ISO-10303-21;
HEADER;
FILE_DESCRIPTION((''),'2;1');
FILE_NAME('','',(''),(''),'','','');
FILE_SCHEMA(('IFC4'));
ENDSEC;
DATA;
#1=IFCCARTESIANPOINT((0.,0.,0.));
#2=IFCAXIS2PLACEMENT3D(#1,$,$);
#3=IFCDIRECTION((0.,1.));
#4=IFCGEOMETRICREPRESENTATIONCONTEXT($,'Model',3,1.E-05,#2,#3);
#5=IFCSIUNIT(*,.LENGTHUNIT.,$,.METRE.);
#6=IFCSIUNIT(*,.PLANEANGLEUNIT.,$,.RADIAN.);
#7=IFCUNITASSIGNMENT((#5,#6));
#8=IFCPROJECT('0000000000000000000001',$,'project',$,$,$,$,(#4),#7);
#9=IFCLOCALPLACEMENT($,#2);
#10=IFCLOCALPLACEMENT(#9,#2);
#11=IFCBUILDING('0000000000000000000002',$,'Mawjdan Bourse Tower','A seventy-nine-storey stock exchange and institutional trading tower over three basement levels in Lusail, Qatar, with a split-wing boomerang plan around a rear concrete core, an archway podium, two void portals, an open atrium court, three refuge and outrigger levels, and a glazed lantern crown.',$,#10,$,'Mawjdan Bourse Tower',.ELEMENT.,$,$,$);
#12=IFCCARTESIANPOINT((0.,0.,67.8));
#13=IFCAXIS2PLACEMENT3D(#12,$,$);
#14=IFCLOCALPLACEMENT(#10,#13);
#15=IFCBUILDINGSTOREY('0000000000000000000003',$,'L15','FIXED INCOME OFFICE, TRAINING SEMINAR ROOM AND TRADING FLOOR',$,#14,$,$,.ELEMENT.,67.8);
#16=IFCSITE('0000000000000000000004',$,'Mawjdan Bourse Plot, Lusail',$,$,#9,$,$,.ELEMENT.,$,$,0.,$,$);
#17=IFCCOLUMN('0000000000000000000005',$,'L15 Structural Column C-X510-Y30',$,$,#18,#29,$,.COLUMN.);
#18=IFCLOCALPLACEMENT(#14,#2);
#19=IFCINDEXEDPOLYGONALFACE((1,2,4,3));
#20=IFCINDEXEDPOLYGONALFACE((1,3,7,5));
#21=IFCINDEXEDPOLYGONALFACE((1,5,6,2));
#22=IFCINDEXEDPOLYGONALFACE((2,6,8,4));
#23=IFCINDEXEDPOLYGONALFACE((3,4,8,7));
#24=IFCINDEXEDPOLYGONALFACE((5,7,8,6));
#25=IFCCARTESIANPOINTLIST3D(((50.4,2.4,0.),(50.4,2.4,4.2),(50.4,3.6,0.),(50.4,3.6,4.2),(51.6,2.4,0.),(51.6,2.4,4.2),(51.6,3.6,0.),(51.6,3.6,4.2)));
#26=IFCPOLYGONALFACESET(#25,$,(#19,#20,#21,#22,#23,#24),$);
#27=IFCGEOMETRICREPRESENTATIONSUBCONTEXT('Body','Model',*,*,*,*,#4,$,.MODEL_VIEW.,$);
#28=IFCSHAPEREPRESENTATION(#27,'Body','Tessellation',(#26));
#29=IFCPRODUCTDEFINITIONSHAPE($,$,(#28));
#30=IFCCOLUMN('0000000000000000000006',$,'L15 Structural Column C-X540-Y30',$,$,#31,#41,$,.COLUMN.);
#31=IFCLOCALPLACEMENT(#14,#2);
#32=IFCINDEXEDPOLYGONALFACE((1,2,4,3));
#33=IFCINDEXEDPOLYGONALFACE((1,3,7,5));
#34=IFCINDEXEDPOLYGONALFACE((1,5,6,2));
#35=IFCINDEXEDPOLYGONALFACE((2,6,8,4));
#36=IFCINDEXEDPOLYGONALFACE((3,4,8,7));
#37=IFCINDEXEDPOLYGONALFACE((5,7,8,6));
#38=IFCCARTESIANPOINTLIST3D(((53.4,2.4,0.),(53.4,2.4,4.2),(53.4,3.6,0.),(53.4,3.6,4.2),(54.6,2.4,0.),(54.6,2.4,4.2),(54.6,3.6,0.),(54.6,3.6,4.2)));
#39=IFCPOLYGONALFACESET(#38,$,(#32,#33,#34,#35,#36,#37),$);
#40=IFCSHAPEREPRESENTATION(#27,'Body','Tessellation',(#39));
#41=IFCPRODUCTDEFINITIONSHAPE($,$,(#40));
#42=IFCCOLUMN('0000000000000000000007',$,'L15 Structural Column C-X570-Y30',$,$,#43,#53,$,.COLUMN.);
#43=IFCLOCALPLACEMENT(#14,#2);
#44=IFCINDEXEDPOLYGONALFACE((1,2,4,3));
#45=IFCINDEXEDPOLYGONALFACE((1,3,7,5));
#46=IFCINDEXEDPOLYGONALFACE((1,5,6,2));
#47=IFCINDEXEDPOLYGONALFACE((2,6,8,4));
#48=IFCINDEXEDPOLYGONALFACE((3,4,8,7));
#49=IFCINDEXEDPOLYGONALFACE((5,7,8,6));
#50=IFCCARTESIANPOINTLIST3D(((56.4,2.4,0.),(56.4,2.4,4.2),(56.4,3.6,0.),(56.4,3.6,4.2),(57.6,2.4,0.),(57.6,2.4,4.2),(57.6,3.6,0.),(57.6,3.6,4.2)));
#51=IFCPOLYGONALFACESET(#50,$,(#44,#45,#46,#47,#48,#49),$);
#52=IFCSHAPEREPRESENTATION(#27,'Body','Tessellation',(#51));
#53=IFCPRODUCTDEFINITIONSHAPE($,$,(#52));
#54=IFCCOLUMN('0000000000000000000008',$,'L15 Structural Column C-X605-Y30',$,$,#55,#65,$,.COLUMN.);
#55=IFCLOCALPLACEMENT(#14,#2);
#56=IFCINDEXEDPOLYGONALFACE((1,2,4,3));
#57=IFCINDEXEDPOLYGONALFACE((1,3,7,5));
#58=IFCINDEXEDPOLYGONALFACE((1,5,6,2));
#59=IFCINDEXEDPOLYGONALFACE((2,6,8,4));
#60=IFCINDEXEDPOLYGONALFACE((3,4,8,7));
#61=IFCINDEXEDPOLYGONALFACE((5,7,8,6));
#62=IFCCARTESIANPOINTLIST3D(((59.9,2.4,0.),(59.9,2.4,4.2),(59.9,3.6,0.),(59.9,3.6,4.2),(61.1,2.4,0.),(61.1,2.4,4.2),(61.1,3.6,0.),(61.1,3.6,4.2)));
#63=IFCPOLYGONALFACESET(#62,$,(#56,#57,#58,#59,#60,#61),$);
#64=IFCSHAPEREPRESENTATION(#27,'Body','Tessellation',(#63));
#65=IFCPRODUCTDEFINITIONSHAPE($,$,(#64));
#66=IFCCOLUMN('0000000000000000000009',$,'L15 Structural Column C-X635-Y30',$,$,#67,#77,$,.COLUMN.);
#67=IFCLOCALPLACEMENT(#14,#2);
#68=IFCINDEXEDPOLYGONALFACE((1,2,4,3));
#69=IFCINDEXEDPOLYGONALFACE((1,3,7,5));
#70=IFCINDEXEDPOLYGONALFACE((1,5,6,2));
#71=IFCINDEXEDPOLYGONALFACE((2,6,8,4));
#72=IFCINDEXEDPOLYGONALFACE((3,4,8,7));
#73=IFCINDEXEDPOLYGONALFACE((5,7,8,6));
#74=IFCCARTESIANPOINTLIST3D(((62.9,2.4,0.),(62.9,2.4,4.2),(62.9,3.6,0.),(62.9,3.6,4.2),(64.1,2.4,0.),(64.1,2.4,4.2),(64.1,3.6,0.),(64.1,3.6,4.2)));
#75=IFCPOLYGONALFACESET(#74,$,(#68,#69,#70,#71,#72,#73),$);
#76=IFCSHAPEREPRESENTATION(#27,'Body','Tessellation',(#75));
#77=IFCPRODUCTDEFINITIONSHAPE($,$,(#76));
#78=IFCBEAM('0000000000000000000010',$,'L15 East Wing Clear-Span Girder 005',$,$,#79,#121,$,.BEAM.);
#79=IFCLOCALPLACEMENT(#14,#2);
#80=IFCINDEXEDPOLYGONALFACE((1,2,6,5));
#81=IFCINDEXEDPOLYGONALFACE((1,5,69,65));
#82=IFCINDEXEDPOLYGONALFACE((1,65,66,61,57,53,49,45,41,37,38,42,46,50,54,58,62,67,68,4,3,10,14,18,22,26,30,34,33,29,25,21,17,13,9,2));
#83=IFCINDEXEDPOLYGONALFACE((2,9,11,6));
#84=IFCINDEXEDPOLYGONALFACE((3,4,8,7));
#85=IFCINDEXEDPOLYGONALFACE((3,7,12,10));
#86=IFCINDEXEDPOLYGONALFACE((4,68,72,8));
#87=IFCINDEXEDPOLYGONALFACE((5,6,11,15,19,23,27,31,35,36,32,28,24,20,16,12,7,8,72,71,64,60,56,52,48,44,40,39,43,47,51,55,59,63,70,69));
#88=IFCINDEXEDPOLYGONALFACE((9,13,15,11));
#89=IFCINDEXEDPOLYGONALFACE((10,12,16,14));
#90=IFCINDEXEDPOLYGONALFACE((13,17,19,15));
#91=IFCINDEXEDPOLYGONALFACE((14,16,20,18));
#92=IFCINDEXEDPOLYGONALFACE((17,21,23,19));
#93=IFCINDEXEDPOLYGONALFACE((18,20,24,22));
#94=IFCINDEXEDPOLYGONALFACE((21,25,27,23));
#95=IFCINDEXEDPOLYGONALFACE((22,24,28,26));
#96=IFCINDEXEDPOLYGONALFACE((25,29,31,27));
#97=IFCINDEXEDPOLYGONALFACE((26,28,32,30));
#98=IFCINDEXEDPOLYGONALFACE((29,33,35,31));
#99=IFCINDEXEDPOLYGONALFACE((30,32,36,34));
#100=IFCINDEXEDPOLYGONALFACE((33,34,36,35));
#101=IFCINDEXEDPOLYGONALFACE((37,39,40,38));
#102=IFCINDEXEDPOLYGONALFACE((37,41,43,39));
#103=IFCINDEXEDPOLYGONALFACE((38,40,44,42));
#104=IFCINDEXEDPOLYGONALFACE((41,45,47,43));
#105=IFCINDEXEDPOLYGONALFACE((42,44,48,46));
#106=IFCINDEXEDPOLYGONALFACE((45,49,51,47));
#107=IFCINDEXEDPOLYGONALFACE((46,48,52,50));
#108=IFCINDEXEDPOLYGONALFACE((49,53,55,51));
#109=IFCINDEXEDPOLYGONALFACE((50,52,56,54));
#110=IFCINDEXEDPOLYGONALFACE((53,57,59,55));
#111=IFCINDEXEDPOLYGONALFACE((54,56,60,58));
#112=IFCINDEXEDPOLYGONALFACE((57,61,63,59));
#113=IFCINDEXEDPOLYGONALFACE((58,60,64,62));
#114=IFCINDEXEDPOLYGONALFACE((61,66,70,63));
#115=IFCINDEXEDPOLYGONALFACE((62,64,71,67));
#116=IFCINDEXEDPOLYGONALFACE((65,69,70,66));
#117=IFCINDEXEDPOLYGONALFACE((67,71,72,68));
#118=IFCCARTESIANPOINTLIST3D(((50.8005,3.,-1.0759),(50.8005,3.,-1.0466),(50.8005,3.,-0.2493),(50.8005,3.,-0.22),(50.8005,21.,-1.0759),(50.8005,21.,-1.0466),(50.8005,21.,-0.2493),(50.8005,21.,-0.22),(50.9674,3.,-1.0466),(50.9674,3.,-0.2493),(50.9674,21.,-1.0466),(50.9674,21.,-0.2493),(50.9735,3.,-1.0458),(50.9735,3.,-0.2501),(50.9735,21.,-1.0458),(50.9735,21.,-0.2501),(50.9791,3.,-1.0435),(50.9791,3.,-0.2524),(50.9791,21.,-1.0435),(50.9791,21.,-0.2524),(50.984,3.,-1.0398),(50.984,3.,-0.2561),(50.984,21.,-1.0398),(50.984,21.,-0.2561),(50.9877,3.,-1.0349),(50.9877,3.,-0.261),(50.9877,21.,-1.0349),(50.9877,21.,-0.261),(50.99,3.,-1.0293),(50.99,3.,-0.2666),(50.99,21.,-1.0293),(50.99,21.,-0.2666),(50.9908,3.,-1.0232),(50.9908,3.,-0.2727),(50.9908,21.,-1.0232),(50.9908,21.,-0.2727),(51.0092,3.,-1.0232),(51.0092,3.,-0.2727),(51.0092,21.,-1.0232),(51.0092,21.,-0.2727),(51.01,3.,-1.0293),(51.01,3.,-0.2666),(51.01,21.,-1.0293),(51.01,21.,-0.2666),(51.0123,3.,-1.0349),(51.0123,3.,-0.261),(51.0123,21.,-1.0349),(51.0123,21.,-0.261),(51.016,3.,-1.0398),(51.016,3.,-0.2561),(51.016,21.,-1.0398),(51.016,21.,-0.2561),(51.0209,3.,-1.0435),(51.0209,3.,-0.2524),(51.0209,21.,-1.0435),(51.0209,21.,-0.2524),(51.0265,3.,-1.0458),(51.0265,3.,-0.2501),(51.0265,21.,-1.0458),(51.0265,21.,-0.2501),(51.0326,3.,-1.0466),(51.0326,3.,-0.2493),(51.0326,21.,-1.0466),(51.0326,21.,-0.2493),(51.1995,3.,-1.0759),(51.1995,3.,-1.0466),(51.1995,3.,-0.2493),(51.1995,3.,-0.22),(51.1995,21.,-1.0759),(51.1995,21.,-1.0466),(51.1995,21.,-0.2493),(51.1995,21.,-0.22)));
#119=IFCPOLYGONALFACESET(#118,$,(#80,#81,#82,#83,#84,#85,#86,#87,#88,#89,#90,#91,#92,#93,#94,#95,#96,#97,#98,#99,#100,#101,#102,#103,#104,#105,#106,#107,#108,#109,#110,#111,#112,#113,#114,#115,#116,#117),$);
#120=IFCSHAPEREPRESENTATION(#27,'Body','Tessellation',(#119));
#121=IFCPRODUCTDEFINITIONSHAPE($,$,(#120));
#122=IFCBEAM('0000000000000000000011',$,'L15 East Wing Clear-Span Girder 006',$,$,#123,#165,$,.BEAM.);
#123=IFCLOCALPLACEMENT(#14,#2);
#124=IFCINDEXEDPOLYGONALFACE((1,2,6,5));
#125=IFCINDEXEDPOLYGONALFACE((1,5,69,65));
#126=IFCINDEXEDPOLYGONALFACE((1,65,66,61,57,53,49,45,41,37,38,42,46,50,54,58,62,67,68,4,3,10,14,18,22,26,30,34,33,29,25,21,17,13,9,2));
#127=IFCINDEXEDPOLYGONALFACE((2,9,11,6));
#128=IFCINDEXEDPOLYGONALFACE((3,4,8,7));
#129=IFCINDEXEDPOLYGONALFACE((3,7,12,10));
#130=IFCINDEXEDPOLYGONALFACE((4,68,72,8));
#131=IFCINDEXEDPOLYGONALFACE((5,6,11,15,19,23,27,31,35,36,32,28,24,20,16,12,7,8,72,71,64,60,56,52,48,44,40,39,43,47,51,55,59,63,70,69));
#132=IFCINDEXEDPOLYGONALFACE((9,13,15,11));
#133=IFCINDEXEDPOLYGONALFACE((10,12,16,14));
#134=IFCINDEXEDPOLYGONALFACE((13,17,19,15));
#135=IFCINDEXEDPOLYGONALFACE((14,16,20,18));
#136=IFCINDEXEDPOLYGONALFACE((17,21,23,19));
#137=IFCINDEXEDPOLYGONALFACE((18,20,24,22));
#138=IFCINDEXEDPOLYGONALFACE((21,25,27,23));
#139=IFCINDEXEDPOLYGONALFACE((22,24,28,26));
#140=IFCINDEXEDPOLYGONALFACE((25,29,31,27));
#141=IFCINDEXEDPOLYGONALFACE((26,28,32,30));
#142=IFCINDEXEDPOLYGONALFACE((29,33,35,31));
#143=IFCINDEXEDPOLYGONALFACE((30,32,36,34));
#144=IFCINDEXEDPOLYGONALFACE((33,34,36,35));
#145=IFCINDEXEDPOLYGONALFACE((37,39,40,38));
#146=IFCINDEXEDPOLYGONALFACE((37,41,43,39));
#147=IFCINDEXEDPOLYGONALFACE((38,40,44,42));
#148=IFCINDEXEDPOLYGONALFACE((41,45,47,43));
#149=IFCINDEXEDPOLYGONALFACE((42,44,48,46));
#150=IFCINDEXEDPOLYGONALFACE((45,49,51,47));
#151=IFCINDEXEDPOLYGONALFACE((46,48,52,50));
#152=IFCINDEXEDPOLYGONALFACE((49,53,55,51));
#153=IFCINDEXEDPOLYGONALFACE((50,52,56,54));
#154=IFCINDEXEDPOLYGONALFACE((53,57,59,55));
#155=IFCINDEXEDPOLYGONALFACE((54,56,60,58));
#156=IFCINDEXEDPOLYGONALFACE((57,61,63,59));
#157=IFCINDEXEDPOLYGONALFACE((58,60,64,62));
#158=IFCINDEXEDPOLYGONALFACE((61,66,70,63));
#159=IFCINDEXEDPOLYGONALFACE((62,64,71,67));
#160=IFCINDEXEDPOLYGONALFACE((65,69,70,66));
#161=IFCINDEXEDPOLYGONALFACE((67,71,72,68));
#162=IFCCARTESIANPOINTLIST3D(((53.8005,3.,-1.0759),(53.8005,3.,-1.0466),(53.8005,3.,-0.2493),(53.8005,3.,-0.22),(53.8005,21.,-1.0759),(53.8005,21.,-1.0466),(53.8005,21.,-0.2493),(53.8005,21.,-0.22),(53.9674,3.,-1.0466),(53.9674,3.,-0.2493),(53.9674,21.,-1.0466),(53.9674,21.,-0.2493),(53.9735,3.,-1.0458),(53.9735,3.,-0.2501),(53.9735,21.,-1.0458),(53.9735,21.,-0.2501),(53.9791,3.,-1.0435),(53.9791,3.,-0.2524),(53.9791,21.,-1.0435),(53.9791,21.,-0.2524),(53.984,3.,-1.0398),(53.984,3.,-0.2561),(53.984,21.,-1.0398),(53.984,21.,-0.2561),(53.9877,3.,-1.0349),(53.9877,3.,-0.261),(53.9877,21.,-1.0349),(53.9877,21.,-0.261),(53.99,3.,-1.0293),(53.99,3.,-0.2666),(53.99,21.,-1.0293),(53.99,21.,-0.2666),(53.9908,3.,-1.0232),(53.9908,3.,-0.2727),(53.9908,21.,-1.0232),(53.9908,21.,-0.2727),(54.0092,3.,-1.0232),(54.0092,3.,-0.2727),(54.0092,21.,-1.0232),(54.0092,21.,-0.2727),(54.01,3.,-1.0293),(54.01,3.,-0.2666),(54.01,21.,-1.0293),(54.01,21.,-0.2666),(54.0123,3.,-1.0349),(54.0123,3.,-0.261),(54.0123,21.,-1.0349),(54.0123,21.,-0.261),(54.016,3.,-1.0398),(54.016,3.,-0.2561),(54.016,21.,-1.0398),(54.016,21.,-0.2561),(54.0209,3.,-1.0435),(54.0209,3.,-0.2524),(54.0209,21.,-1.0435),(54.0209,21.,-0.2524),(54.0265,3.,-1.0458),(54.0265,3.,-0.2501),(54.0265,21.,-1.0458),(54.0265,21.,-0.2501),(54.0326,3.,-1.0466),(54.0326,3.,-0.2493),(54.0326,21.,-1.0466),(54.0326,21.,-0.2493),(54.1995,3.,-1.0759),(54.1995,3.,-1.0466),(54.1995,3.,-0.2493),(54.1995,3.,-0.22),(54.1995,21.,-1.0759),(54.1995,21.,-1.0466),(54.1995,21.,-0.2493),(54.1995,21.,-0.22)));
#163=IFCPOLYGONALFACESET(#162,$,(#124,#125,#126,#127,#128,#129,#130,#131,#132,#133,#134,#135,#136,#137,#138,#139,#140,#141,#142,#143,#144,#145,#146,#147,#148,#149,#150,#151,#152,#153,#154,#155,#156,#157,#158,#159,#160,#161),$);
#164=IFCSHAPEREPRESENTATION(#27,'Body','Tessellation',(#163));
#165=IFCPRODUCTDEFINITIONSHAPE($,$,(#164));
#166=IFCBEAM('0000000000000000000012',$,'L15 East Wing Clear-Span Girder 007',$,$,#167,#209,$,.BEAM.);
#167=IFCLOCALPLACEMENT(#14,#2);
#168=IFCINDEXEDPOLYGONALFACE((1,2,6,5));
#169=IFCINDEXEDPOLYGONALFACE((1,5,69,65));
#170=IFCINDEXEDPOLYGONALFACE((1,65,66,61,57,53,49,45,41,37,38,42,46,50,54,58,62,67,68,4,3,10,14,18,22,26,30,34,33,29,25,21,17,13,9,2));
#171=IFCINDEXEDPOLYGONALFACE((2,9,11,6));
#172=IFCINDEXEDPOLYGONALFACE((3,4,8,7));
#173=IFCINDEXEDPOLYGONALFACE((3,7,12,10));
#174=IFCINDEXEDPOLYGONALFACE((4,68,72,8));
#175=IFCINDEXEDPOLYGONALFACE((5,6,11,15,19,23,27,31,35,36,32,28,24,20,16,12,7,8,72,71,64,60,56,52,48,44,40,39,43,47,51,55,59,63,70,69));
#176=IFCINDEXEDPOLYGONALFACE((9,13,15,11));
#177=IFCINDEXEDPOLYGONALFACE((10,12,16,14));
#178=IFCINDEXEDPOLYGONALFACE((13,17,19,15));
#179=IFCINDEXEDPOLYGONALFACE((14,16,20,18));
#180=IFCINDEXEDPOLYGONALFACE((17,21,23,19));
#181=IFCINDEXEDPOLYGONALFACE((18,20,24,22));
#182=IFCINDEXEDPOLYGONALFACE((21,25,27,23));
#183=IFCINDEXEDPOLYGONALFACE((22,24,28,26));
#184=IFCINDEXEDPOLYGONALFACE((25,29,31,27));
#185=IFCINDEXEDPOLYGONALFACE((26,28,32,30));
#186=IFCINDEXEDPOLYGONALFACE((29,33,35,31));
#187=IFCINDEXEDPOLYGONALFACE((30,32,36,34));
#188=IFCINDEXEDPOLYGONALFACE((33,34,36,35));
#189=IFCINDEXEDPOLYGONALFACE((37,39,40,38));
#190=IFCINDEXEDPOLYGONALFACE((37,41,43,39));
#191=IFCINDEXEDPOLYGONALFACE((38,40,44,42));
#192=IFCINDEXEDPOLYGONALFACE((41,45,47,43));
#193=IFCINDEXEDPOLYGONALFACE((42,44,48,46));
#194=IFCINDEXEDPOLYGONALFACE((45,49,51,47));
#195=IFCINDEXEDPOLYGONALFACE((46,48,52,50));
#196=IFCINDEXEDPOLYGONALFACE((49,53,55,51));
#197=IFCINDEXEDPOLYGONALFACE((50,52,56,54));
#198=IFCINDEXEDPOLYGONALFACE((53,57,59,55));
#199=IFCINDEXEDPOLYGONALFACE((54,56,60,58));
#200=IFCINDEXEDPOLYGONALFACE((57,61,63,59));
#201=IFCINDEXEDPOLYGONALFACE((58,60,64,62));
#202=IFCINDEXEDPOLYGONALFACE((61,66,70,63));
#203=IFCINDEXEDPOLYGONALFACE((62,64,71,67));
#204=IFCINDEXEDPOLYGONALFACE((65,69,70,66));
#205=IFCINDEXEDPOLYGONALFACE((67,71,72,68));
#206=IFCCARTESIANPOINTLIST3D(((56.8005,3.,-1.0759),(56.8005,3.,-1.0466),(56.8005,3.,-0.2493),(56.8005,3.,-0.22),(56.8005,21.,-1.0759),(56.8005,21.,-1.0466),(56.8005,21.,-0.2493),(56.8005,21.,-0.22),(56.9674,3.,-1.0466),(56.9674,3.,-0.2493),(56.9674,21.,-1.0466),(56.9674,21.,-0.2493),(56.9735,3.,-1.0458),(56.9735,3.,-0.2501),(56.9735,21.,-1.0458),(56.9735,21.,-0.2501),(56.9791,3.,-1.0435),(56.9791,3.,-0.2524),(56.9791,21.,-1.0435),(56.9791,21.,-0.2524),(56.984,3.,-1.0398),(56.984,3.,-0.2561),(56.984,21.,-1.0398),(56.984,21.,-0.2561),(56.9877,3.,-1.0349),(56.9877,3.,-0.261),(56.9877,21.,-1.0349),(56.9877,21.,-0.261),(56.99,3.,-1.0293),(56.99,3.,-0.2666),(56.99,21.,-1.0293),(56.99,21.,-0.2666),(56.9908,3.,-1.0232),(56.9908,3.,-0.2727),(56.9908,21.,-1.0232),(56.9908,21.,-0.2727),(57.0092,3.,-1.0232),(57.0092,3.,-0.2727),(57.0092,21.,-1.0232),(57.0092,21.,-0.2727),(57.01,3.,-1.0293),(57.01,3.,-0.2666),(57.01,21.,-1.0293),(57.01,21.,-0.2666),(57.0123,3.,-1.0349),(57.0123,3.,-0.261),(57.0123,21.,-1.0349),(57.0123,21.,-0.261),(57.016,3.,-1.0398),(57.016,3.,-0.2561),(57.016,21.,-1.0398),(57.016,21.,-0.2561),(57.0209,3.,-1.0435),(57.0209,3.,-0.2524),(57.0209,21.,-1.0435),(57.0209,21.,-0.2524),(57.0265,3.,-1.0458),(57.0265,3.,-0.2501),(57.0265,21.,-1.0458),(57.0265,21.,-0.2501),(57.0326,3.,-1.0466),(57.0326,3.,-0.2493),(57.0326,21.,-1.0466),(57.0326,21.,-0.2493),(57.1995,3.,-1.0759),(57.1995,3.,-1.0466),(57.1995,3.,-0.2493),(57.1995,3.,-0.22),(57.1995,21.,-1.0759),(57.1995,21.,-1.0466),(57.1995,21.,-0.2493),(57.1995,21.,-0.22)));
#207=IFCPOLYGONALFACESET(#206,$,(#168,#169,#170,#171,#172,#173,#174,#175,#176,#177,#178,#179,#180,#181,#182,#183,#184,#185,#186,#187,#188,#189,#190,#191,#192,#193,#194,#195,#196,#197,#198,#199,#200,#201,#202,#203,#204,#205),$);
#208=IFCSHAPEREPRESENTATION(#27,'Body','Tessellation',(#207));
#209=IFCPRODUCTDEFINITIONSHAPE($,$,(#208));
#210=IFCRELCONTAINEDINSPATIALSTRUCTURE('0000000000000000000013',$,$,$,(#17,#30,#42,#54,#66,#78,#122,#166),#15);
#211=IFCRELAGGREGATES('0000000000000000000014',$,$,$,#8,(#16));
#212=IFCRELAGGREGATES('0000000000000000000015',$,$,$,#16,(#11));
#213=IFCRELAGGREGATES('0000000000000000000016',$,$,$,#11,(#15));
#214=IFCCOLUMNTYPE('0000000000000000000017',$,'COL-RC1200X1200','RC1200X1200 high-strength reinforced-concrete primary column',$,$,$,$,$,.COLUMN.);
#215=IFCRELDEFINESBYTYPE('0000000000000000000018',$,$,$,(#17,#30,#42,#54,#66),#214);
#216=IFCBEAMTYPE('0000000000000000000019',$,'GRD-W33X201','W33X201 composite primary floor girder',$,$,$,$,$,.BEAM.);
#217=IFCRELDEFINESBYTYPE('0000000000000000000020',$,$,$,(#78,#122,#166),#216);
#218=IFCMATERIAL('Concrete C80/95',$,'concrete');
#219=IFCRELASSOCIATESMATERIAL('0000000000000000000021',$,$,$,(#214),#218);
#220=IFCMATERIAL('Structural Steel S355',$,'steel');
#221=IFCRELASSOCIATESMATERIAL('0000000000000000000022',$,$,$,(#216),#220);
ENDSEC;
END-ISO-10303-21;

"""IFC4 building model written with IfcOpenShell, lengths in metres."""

from ifc_helpers import new_model, si_unit, direction, frame, origin, origin_2d, place, context, subcontext, project, spatial, rectangle, i_section, extrude, material, material_profile, profile_set, type_object, element, save


model = new_model("IFC4")

# Units and contexts
model_context = context("Model", 3, precision=1e-05, world=origin(), true_north=direction((0.0, 1.0)))
body_context = subcontext(model_context, "Body", "Model", "MODEL_VIEW")
ifc_project = project(units=[si_unit("LENGTHUNIT", "METRE"), si_unit("PLANEANGLEUNIT", "RADIAN")], contexts=[model_context])

# Site, building, storey
site_placement = place(None, origin())
site = spatial("IfcSite", under=ifc_project, at=site_placement, Name="Mawjdan Bourse Plot, Lusail", CompositionType="ELEMENT", RefElevation=0.0)
building_placement = place(site_placement, origin())
building = spatial("IfcBuilding", under=site, at=building_placement, Name="Mawjdan Bourse Tower", Description="A seventy-nine-storey stock exchange and institutional trading tower over three basement levels in Lusail, Qatar, with a split-wing boomerang plan around a rear concrete core, an archway podium, two void portals, an open atrium court, three refuge and outrigger levels, and a glazed lantern crown.", LongName="Mawjdan Bourse Tower", CompositionType="ELEMENT")
storey_placement = place(building_placement, frame((0.0, 0.0, 67.8)))
storey = spatial("IfcBuildingStorey", under=building, at=storey_placement, Name="L15", Description="FIXED INCOME OFFICE, TRAINING SEMINAR ROOM AND TRADING FLOOR", CompositionType="ELEMENT", Elevation=67.8)

# Columns
ifc_material_1 = material(Name="Concrete C80/95", Category="concrete")
ifc_material_profile_1 = material_profile(ifc_material_1, rectangle(XDim=1.2, YDim=1.2, at=origin_2d()), Name="RC1200X1200")
ifc_profile_set_1 = profile_set([ifc_material_profile_1], Name="Concrete C80/95")
column_type = type_object("IfcColumnType", Name="COL-RC1200X1200", Description="RC1200X1200 high-strength reinforced-concrete primary column", PredefinedType="COLUMN", material=ifc_profile_set_1)
for number, where, z_axis, x_axis, name in (
    (1, (51.0, 3.0, 0.0), (0.0, 0.0, 1.0), (1.0, 0.0, 0.0), "L15 Structural Column C-X510-Y30"),
    (2, (54.0, 3.0, 0.0), (0.0, 0.0, 1.0), (1.0, 0.0, 0.0), "L15 Structural Column C-X540-Y30"),
    (3, (57.0, 3.0, 0.0), (0.0, 0.0, 1.0), (1.0, 0.0, 0.0), "L15 Structural Column C-X570-Y30"),
    (4, (60.5, 3.0, 0.0), (0.0, 0.0, 1.0), (1.0, 0.0, 0.0), "L15 Structural Column C-X605-Y30"),
    (5, (63.5, 3.0, 0.0), (0.0, 0.0, 1.0), (1.0, 0.0, 0.0), "L15 Structural Column C-X635-Y30"),
):
    element("IfcColumn", number, at=place(storey_placement, frame(where, z_axis=z_axis, x_axis=x_axis)), inside=storey, type_object=column_type, Name=name, PredefinedType="COLUMN", context=body_context, shape_type="SweptSolid", body=[
        extrude(rectangle(XDim=1.2, YDim=1.2, at=origin_2d()), origin(), (0.0, 0.0, 1.0), 4.2),
    ])

# Beams
ifc_material_2 = material(Name="Structural Steel S355", Category="steel")
ifc_material_profile_2 = material_profile(ifc_material_2, i_section(OverallWidth=0.3989, OverallDepth=0.856, WebThickness=0.0183, FlangeThickness=0.0293, FilletRadius=0.0234, at=origin_2d()), Name="W33X201")
ifc_profile_set_2 = profile_set([ifc_material_profile_2], Name="Structural Steel S355")
beam_type_1 = type_object("IfcBeamType", Name="GRD-W33X201", Description="W33X201 composite primary floor girder", PredefinedType="BEAM", material=ifc_profile_set_2)
for number, where, z_axis, x_axis, name in (
    (6, (51.0, 3.0, -0.6479), (0.0, 1.0, 0.0), (-1.0, 0.0, 0.0), "L15 East Wing Clear-Span Girder 005"),
    (7, (54.0, 3.0, -0.6479), (0.0, 1.0, 0.0), (-1.0, 0.0, 0.0), "L15 East Wing Clear-Span Girder 006"),
    (8, (57.0, 3.0, -0.6479), (0.0, 1.0, 0.0), (-1.0, 0.0, 0.0), "L15 East Wing Clear-Span Girder 007"),
):
    element("IfcBeam", number, at=place(storey_placement, frame(where, z_axis=z_axis, x_axis=x_axis)), inside=storey, type_object=beam_type_1, Name=name, PredefinedType="BEAM", context=body_context, shape_type="SweptSolid", body=[
        extrude(i_section(OverallWidth=0.3989, OverallDepth=0.856, WebThickness=0.0183, FlangeThickness=0.0293, FilletRadius=0.0234, at=origin_2d()), origin(), (0.0, 0.0, 1.0), 18.0),
    ])

save(model, "model.ifc")
